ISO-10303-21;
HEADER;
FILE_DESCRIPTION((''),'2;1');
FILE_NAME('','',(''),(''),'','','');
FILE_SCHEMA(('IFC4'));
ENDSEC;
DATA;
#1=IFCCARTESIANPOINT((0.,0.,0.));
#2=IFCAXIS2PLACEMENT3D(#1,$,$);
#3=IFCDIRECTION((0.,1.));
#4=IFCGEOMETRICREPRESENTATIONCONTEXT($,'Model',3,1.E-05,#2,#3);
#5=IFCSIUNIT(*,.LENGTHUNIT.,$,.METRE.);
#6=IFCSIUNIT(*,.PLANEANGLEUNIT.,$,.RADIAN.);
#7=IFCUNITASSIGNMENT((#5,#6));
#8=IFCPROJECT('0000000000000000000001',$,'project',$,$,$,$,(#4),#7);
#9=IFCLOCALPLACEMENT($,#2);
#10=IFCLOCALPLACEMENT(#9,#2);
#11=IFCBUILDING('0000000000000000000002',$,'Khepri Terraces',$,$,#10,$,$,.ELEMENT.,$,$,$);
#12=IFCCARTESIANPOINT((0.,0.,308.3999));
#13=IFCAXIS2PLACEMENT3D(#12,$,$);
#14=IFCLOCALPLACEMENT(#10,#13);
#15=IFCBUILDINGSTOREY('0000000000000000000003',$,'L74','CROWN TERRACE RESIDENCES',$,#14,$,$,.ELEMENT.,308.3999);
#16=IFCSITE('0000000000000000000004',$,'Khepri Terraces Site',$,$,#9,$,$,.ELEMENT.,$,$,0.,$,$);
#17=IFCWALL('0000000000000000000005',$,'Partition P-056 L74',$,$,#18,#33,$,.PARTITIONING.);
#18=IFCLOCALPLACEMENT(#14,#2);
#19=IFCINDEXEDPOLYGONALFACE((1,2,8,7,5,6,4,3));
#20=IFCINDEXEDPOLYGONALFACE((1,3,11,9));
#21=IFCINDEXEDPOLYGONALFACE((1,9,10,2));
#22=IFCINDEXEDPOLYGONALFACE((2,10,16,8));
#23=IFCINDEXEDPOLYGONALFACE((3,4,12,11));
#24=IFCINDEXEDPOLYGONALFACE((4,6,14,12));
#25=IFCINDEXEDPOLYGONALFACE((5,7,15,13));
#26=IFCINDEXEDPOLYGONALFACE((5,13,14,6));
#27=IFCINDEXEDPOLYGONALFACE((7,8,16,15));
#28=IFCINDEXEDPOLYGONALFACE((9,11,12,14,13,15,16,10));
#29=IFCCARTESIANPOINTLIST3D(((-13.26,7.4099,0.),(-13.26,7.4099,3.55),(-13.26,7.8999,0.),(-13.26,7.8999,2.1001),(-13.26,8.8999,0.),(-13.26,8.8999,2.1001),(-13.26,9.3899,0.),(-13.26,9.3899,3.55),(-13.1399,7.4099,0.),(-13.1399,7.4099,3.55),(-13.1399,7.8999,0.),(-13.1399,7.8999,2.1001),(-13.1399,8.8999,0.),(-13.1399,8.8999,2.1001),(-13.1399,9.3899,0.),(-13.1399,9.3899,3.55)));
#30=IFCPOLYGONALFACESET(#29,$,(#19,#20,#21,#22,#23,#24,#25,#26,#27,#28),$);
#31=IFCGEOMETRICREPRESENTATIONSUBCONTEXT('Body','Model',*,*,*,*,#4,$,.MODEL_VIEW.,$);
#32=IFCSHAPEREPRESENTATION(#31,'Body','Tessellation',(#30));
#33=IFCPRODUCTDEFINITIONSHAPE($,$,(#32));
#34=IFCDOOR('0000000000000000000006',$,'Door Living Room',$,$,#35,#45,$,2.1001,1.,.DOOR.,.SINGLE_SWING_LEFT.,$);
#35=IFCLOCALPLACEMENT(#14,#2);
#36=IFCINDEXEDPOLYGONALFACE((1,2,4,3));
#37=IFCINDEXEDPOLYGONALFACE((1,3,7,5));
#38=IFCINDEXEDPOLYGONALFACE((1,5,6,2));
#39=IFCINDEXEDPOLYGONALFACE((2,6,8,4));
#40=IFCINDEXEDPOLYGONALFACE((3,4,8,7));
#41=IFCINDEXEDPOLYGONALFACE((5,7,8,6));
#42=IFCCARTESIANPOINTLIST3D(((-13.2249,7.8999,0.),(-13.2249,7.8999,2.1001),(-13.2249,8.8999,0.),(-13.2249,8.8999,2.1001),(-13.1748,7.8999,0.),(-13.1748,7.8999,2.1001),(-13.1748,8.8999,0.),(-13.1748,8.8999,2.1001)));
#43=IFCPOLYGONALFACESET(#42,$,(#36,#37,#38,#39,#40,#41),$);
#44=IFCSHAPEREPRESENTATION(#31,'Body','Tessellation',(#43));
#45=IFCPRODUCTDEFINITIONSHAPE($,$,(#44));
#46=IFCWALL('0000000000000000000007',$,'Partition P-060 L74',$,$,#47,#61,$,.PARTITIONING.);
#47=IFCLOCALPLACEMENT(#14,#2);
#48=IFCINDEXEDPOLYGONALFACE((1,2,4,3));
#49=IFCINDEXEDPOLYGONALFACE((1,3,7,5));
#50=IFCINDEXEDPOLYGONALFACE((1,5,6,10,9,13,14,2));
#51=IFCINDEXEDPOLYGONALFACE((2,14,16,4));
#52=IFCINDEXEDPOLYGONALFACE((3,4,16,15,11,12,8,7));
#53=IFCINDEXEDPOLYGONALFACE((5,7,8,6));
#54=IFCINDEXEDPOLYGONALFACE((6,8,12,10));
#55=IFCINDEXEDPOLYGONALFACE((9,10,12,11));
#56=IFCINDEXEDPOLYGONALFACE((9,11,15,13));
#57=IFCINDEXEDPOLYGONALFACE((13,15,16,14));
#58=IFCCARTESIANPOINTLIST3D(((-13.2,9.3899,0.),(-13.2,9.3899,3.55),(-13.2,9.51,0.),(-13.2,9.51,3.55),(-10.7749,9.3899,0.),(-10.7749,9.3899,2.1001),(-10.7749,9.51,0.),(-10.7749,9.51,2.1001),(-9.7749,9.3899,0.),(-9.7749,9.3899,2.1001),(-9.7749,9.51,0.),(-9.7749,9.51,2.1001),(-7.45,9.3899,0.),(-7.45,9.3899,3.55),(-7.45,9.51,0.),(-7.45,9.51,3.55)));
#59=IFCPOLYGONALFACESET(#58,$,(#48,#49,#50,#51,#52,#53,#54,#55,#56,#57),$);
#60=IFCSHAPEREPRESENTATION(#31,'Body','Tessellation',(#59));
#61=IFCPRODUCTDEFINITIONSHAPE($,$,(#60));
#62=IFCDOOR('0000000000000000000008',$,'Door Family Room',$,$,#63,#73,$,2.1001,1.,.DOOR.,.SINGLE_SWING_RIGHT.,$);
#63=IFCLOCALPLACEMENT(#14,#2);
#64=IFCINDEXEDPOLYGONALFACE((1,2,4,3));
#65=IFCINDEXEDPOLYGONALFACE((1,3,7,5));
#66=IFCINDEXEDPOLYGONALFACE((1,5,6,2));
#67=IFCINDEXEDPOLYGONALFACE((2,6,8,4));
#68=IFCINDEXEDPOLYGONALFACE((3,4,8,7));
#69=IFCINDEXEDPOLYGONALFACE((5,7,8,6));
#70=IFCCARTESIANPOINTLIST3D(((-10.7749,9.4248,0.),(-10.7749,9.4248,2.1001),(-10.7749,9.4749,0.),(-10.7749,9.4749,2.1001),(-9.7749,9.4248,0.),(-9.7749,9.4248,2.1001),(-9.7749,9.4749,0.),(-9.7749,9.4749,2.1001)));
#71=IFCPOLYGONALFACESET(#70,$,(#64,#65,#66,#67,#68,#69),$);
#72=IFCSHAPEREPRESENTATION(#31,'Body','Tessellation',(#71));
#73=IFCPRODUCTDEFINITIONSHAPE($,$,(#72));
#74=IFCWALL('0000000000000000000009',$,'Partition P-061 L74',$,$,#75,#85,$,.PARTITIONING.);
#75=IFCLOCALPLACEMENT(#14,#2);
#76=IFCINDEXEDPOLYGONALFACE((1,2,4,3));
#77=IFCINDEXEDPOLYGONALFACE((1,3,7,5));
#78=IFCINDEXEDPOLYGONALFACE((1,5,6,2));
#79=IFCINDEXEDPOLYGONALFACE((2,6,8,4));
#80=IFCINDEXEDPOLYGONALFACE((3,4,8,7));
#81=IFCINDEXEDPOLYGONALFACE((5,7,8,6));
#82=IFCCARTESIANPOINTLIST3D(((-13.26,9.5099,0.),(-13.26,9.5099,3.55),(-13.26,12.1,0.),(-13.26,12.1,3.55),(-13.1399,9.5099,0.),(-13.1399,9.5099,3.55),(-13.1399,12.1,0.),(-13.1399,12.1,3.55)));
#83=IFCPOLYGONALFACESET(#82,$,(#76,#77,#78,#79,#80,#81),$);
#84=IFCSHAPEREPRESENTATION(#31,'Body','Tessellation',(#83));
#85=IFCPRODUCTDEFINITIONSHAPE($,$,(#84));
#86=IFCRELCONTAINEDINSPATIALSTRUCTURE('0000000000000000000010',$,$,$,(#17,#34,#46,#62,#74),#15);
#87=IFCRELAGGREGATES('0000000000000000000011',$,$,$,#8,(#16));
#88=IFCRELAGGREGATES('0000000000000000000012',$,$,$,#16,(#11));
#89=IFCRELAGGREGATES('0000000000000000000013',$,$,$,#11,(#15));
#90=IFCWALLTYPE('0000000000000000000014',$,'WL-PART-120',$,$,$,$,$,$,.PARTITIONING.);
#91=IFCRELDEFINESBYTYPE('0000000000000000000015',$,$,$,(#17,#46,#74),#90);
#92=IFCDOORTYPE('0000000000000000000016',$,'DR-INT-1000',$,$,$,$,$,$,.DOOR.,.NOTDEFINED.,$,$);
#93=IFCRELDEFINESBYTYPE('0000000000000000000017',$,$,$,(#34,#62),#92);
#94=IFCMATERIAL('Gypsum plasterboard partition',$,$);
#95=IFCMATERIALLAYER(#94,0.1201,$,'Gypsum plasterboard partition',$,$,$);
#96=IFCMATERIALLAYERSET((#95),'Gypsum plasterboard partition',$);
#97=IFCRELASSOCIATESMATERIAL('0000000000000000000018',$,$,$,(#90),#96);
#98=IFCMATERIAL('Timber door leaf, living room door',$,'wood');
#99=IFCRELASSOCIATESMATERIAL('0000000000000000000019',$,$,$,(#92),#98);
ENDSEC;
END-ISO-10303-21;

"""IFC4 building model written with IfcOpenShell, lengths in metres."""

from ifc_helpers import new_model, si_unit, direction, frame, frame_2d, origin, place, context, subcontext, project, spatial, rectangle, extrude, material, layer, layer_set, type_object, element, fill, save


model = new_model("IFC4")

# Units and contexts
model_context = context("Model", 3, precision=1e-05, world=origin(), true_north=direction((0.0, 1.0)))
body_context = subcontext(model_context, "Body", "Model", "MODEL_VIEW")
ifc_project = project(units=[si_unit("LENGTHUNIT", "METRE"), si_unit("PLANEANGLEUNIT", "RADIAN")], contexts=[model_context])

# Site, building, storey
site_placement = place(None, origin())
site = spatial("IfcSite", under=ifc_project, at=site_placement, Name="Khepri Terraces Site", CompositionType="ELEMENT", RefElevation=0.0)
building_placement = place(site_placement, origin())
building = spatial("IfcBuilding", under=site, at=building_placement, Name="Khepri Terraces", CompositionType="ELEMENT")
storey_placement = place(building_placement, frame((0.0, 0.0, 308.3999)))
storey = spatial("IfcBuildingStorey", under=building, at=storey_placement, Name="L74", Description="CROWN TERRACE RESIDENCES", CompositionType="ELEMENT", Elevation=308.3999)

# Walls, openings, doors
ifc_material_1 = material(Name="Gypsum plasterboard partition")
ifc_layer_1 = layer(ifc_material_1, 0.1201, Name="Gypsum plasterboard partition")
ifc_layer_set_1 = layer_set([ifc_layer_1], Name="Gypsum plasterboard partition")
wall_type_1 = type_object("IfcWallType", Name="WL-PART-120", PredefinedType="PARTITIONING", material=ifc_layer_set_1)
wall_1_placement = place(storey_placement, frame((-13.2, 7.4099, 0.0), z_axis=(0.0, 0.0, 1.0), x_axis=(0.0, 1.0, 0.0)))
wall_1 = element("IfcWall", 1, at=wall_1_placement, inside=storey, type_object=wall_type_1, Name="Partition P-056 L74", PredefinedType="PARTITIONING", context=body_context, shape_type="SweptSolid", body=[
    extrude(rectangle(XDim=1.98, YDim=0.1201, at=frame_2d((0.99, 0.0))), origin(), (0.0, 0.0, 1.0), 3.55),
])
opening_1_placement = place(wall_1_placement, frame((0.49, 0.0, 0.0)))
opening_1 = element("IfcOpeningElement", 2, at=opening_1_placement, cuts=wall_1, PredefinedType="OPENING", context=body_context, shape_type="SweptSolid", body=[
    extrude(rectangle(XDim=1.0, YDim=2.1001, at=frame_2d((0.5, 1.05))), frame((0.0, 0.0701, 0.0), z_axis=(0.0, -1.0, 0.0), x_axis=(1.0, 0.0, 0.0)), (0.0, 0.0, 1.0), 0.1401),
])
ifc_material_2 = material(Name="Timber door leaf, living room door", Category="wood")
door_type = type_object("IfcDoorType", Name="DR-INT-1000", OperationType="NOTDEFINED", PredefinedType="DOOR", material=ifc_material_2)
door_1_placement = place(opening_1_placement, origin())
door_1 = element("IfcDoor", 3, at=door_1_placement, inside=storey, type_object=door_type, Name="Door Living Room", OperationType="SINGLE_SWING_LEFT", OverallHeight=2.1001, OverallWidth=1.0, PredefinedType="DOOR", context=body_context, shape_type="SweptSolid", body=[
    extrude(rectangle(XDim=1.0, YDim=2.1001, at=frame_2d((0.5, 1.05))), frame((0.0, 0.0249, 0.0), z_axis=(0.0, -1.0, 0.0), x_axis=(1.0, 0.0, 0.0)), (0.0, 0.0, 1.0), 0.05),
])
fill(opening_1, door_1)
wall_2_placement = place(storey_placement, frame((-13.2, 9.45, 0.0), z_axis=(0.0, 0.0, 1.0), x_axis=(1.0, 0.0, 0.0)))
wall_2 = element("IfcWall", 4, at=wall_2_placement, inside=storey, type_object=wall_type_1, Name="Partition P-060 L74", PredefinedType="PARTITIONING", context=body_context, shape_type="SweptSolid", body=[
    extrude(rectangle(XDim=5.75, YDim=0.1201, at=frame_2d((2.875, 0.0))), origin(), (0.0, 0.0, 1.0), 3.55),
])
opening_2_placement = place(wall_2_placement, frame((2.425, 0.0, 0.0)))
opening_2 = element("IfcOpeningElement", 5, at=opening_2_placement, cuts=wall_2, PredefinedType="OPENING", context=body_context, shape_type="SweptSolid", body=[
    extrude(rectangle(XDim=1.0, YDim=2.1001, at=frame_2d((0.5, 1.05))), frame((0.0, 0.0701, 0.0), z_axis=(0.0, -1.0, 0.0), x_axis=(1.0, 0.0, 0.0)), (0.0, 0.0, 1.0), 0.1401),
])
door_2_placement = place(opening_2_placement, origin())
door_2 = element("IfcDoor", 6, at=door_2_placement, inside=storey, type_object=door_type, Name="Door Family Room", OperationType="SINGLE_SWING_RIGHT", OverallHeight=2.1001, OverallWidth=1.0, PredefinedType="DOOR", context=body_context, shape_type="SweptSolid", body=[
    extrude(rectangle(XDim=1.0, YDim=2.1001, at=frame_2d((0.5, 1.05))), frame((0.0, 0.0249, 0.0), z_axis=(0.0, -1.0, 0.0), x_axis=(1.0, 0.0, 0.0)), (0.0, 0.0, 1.0), 0.05),
])
fill(opening_2, door_2)

# Wall
wall_3_placement = place(storey_placement, frame((-13.2, 9.51, 0.0), z_axis=(0.0, 0.0, 1.0), x_axis=(0.0, 1.0, 0.0)))
element("IfcWall", 7, at=wall_3_placement, inside=storey, type_object=wall_type_1, Name="Partition P-061 L74", PredefinedType="PARTITIONING", context=body_context, shape_type="SweptSolid", body=[
    extrude(rectangle(XDim=2.5901, YDim=0.1201, at=frame_2d((1.2949, 0.0))), origin(), (0.0, 0.0, 1.0), 3.55),
])

save(model, "model.ifc")
